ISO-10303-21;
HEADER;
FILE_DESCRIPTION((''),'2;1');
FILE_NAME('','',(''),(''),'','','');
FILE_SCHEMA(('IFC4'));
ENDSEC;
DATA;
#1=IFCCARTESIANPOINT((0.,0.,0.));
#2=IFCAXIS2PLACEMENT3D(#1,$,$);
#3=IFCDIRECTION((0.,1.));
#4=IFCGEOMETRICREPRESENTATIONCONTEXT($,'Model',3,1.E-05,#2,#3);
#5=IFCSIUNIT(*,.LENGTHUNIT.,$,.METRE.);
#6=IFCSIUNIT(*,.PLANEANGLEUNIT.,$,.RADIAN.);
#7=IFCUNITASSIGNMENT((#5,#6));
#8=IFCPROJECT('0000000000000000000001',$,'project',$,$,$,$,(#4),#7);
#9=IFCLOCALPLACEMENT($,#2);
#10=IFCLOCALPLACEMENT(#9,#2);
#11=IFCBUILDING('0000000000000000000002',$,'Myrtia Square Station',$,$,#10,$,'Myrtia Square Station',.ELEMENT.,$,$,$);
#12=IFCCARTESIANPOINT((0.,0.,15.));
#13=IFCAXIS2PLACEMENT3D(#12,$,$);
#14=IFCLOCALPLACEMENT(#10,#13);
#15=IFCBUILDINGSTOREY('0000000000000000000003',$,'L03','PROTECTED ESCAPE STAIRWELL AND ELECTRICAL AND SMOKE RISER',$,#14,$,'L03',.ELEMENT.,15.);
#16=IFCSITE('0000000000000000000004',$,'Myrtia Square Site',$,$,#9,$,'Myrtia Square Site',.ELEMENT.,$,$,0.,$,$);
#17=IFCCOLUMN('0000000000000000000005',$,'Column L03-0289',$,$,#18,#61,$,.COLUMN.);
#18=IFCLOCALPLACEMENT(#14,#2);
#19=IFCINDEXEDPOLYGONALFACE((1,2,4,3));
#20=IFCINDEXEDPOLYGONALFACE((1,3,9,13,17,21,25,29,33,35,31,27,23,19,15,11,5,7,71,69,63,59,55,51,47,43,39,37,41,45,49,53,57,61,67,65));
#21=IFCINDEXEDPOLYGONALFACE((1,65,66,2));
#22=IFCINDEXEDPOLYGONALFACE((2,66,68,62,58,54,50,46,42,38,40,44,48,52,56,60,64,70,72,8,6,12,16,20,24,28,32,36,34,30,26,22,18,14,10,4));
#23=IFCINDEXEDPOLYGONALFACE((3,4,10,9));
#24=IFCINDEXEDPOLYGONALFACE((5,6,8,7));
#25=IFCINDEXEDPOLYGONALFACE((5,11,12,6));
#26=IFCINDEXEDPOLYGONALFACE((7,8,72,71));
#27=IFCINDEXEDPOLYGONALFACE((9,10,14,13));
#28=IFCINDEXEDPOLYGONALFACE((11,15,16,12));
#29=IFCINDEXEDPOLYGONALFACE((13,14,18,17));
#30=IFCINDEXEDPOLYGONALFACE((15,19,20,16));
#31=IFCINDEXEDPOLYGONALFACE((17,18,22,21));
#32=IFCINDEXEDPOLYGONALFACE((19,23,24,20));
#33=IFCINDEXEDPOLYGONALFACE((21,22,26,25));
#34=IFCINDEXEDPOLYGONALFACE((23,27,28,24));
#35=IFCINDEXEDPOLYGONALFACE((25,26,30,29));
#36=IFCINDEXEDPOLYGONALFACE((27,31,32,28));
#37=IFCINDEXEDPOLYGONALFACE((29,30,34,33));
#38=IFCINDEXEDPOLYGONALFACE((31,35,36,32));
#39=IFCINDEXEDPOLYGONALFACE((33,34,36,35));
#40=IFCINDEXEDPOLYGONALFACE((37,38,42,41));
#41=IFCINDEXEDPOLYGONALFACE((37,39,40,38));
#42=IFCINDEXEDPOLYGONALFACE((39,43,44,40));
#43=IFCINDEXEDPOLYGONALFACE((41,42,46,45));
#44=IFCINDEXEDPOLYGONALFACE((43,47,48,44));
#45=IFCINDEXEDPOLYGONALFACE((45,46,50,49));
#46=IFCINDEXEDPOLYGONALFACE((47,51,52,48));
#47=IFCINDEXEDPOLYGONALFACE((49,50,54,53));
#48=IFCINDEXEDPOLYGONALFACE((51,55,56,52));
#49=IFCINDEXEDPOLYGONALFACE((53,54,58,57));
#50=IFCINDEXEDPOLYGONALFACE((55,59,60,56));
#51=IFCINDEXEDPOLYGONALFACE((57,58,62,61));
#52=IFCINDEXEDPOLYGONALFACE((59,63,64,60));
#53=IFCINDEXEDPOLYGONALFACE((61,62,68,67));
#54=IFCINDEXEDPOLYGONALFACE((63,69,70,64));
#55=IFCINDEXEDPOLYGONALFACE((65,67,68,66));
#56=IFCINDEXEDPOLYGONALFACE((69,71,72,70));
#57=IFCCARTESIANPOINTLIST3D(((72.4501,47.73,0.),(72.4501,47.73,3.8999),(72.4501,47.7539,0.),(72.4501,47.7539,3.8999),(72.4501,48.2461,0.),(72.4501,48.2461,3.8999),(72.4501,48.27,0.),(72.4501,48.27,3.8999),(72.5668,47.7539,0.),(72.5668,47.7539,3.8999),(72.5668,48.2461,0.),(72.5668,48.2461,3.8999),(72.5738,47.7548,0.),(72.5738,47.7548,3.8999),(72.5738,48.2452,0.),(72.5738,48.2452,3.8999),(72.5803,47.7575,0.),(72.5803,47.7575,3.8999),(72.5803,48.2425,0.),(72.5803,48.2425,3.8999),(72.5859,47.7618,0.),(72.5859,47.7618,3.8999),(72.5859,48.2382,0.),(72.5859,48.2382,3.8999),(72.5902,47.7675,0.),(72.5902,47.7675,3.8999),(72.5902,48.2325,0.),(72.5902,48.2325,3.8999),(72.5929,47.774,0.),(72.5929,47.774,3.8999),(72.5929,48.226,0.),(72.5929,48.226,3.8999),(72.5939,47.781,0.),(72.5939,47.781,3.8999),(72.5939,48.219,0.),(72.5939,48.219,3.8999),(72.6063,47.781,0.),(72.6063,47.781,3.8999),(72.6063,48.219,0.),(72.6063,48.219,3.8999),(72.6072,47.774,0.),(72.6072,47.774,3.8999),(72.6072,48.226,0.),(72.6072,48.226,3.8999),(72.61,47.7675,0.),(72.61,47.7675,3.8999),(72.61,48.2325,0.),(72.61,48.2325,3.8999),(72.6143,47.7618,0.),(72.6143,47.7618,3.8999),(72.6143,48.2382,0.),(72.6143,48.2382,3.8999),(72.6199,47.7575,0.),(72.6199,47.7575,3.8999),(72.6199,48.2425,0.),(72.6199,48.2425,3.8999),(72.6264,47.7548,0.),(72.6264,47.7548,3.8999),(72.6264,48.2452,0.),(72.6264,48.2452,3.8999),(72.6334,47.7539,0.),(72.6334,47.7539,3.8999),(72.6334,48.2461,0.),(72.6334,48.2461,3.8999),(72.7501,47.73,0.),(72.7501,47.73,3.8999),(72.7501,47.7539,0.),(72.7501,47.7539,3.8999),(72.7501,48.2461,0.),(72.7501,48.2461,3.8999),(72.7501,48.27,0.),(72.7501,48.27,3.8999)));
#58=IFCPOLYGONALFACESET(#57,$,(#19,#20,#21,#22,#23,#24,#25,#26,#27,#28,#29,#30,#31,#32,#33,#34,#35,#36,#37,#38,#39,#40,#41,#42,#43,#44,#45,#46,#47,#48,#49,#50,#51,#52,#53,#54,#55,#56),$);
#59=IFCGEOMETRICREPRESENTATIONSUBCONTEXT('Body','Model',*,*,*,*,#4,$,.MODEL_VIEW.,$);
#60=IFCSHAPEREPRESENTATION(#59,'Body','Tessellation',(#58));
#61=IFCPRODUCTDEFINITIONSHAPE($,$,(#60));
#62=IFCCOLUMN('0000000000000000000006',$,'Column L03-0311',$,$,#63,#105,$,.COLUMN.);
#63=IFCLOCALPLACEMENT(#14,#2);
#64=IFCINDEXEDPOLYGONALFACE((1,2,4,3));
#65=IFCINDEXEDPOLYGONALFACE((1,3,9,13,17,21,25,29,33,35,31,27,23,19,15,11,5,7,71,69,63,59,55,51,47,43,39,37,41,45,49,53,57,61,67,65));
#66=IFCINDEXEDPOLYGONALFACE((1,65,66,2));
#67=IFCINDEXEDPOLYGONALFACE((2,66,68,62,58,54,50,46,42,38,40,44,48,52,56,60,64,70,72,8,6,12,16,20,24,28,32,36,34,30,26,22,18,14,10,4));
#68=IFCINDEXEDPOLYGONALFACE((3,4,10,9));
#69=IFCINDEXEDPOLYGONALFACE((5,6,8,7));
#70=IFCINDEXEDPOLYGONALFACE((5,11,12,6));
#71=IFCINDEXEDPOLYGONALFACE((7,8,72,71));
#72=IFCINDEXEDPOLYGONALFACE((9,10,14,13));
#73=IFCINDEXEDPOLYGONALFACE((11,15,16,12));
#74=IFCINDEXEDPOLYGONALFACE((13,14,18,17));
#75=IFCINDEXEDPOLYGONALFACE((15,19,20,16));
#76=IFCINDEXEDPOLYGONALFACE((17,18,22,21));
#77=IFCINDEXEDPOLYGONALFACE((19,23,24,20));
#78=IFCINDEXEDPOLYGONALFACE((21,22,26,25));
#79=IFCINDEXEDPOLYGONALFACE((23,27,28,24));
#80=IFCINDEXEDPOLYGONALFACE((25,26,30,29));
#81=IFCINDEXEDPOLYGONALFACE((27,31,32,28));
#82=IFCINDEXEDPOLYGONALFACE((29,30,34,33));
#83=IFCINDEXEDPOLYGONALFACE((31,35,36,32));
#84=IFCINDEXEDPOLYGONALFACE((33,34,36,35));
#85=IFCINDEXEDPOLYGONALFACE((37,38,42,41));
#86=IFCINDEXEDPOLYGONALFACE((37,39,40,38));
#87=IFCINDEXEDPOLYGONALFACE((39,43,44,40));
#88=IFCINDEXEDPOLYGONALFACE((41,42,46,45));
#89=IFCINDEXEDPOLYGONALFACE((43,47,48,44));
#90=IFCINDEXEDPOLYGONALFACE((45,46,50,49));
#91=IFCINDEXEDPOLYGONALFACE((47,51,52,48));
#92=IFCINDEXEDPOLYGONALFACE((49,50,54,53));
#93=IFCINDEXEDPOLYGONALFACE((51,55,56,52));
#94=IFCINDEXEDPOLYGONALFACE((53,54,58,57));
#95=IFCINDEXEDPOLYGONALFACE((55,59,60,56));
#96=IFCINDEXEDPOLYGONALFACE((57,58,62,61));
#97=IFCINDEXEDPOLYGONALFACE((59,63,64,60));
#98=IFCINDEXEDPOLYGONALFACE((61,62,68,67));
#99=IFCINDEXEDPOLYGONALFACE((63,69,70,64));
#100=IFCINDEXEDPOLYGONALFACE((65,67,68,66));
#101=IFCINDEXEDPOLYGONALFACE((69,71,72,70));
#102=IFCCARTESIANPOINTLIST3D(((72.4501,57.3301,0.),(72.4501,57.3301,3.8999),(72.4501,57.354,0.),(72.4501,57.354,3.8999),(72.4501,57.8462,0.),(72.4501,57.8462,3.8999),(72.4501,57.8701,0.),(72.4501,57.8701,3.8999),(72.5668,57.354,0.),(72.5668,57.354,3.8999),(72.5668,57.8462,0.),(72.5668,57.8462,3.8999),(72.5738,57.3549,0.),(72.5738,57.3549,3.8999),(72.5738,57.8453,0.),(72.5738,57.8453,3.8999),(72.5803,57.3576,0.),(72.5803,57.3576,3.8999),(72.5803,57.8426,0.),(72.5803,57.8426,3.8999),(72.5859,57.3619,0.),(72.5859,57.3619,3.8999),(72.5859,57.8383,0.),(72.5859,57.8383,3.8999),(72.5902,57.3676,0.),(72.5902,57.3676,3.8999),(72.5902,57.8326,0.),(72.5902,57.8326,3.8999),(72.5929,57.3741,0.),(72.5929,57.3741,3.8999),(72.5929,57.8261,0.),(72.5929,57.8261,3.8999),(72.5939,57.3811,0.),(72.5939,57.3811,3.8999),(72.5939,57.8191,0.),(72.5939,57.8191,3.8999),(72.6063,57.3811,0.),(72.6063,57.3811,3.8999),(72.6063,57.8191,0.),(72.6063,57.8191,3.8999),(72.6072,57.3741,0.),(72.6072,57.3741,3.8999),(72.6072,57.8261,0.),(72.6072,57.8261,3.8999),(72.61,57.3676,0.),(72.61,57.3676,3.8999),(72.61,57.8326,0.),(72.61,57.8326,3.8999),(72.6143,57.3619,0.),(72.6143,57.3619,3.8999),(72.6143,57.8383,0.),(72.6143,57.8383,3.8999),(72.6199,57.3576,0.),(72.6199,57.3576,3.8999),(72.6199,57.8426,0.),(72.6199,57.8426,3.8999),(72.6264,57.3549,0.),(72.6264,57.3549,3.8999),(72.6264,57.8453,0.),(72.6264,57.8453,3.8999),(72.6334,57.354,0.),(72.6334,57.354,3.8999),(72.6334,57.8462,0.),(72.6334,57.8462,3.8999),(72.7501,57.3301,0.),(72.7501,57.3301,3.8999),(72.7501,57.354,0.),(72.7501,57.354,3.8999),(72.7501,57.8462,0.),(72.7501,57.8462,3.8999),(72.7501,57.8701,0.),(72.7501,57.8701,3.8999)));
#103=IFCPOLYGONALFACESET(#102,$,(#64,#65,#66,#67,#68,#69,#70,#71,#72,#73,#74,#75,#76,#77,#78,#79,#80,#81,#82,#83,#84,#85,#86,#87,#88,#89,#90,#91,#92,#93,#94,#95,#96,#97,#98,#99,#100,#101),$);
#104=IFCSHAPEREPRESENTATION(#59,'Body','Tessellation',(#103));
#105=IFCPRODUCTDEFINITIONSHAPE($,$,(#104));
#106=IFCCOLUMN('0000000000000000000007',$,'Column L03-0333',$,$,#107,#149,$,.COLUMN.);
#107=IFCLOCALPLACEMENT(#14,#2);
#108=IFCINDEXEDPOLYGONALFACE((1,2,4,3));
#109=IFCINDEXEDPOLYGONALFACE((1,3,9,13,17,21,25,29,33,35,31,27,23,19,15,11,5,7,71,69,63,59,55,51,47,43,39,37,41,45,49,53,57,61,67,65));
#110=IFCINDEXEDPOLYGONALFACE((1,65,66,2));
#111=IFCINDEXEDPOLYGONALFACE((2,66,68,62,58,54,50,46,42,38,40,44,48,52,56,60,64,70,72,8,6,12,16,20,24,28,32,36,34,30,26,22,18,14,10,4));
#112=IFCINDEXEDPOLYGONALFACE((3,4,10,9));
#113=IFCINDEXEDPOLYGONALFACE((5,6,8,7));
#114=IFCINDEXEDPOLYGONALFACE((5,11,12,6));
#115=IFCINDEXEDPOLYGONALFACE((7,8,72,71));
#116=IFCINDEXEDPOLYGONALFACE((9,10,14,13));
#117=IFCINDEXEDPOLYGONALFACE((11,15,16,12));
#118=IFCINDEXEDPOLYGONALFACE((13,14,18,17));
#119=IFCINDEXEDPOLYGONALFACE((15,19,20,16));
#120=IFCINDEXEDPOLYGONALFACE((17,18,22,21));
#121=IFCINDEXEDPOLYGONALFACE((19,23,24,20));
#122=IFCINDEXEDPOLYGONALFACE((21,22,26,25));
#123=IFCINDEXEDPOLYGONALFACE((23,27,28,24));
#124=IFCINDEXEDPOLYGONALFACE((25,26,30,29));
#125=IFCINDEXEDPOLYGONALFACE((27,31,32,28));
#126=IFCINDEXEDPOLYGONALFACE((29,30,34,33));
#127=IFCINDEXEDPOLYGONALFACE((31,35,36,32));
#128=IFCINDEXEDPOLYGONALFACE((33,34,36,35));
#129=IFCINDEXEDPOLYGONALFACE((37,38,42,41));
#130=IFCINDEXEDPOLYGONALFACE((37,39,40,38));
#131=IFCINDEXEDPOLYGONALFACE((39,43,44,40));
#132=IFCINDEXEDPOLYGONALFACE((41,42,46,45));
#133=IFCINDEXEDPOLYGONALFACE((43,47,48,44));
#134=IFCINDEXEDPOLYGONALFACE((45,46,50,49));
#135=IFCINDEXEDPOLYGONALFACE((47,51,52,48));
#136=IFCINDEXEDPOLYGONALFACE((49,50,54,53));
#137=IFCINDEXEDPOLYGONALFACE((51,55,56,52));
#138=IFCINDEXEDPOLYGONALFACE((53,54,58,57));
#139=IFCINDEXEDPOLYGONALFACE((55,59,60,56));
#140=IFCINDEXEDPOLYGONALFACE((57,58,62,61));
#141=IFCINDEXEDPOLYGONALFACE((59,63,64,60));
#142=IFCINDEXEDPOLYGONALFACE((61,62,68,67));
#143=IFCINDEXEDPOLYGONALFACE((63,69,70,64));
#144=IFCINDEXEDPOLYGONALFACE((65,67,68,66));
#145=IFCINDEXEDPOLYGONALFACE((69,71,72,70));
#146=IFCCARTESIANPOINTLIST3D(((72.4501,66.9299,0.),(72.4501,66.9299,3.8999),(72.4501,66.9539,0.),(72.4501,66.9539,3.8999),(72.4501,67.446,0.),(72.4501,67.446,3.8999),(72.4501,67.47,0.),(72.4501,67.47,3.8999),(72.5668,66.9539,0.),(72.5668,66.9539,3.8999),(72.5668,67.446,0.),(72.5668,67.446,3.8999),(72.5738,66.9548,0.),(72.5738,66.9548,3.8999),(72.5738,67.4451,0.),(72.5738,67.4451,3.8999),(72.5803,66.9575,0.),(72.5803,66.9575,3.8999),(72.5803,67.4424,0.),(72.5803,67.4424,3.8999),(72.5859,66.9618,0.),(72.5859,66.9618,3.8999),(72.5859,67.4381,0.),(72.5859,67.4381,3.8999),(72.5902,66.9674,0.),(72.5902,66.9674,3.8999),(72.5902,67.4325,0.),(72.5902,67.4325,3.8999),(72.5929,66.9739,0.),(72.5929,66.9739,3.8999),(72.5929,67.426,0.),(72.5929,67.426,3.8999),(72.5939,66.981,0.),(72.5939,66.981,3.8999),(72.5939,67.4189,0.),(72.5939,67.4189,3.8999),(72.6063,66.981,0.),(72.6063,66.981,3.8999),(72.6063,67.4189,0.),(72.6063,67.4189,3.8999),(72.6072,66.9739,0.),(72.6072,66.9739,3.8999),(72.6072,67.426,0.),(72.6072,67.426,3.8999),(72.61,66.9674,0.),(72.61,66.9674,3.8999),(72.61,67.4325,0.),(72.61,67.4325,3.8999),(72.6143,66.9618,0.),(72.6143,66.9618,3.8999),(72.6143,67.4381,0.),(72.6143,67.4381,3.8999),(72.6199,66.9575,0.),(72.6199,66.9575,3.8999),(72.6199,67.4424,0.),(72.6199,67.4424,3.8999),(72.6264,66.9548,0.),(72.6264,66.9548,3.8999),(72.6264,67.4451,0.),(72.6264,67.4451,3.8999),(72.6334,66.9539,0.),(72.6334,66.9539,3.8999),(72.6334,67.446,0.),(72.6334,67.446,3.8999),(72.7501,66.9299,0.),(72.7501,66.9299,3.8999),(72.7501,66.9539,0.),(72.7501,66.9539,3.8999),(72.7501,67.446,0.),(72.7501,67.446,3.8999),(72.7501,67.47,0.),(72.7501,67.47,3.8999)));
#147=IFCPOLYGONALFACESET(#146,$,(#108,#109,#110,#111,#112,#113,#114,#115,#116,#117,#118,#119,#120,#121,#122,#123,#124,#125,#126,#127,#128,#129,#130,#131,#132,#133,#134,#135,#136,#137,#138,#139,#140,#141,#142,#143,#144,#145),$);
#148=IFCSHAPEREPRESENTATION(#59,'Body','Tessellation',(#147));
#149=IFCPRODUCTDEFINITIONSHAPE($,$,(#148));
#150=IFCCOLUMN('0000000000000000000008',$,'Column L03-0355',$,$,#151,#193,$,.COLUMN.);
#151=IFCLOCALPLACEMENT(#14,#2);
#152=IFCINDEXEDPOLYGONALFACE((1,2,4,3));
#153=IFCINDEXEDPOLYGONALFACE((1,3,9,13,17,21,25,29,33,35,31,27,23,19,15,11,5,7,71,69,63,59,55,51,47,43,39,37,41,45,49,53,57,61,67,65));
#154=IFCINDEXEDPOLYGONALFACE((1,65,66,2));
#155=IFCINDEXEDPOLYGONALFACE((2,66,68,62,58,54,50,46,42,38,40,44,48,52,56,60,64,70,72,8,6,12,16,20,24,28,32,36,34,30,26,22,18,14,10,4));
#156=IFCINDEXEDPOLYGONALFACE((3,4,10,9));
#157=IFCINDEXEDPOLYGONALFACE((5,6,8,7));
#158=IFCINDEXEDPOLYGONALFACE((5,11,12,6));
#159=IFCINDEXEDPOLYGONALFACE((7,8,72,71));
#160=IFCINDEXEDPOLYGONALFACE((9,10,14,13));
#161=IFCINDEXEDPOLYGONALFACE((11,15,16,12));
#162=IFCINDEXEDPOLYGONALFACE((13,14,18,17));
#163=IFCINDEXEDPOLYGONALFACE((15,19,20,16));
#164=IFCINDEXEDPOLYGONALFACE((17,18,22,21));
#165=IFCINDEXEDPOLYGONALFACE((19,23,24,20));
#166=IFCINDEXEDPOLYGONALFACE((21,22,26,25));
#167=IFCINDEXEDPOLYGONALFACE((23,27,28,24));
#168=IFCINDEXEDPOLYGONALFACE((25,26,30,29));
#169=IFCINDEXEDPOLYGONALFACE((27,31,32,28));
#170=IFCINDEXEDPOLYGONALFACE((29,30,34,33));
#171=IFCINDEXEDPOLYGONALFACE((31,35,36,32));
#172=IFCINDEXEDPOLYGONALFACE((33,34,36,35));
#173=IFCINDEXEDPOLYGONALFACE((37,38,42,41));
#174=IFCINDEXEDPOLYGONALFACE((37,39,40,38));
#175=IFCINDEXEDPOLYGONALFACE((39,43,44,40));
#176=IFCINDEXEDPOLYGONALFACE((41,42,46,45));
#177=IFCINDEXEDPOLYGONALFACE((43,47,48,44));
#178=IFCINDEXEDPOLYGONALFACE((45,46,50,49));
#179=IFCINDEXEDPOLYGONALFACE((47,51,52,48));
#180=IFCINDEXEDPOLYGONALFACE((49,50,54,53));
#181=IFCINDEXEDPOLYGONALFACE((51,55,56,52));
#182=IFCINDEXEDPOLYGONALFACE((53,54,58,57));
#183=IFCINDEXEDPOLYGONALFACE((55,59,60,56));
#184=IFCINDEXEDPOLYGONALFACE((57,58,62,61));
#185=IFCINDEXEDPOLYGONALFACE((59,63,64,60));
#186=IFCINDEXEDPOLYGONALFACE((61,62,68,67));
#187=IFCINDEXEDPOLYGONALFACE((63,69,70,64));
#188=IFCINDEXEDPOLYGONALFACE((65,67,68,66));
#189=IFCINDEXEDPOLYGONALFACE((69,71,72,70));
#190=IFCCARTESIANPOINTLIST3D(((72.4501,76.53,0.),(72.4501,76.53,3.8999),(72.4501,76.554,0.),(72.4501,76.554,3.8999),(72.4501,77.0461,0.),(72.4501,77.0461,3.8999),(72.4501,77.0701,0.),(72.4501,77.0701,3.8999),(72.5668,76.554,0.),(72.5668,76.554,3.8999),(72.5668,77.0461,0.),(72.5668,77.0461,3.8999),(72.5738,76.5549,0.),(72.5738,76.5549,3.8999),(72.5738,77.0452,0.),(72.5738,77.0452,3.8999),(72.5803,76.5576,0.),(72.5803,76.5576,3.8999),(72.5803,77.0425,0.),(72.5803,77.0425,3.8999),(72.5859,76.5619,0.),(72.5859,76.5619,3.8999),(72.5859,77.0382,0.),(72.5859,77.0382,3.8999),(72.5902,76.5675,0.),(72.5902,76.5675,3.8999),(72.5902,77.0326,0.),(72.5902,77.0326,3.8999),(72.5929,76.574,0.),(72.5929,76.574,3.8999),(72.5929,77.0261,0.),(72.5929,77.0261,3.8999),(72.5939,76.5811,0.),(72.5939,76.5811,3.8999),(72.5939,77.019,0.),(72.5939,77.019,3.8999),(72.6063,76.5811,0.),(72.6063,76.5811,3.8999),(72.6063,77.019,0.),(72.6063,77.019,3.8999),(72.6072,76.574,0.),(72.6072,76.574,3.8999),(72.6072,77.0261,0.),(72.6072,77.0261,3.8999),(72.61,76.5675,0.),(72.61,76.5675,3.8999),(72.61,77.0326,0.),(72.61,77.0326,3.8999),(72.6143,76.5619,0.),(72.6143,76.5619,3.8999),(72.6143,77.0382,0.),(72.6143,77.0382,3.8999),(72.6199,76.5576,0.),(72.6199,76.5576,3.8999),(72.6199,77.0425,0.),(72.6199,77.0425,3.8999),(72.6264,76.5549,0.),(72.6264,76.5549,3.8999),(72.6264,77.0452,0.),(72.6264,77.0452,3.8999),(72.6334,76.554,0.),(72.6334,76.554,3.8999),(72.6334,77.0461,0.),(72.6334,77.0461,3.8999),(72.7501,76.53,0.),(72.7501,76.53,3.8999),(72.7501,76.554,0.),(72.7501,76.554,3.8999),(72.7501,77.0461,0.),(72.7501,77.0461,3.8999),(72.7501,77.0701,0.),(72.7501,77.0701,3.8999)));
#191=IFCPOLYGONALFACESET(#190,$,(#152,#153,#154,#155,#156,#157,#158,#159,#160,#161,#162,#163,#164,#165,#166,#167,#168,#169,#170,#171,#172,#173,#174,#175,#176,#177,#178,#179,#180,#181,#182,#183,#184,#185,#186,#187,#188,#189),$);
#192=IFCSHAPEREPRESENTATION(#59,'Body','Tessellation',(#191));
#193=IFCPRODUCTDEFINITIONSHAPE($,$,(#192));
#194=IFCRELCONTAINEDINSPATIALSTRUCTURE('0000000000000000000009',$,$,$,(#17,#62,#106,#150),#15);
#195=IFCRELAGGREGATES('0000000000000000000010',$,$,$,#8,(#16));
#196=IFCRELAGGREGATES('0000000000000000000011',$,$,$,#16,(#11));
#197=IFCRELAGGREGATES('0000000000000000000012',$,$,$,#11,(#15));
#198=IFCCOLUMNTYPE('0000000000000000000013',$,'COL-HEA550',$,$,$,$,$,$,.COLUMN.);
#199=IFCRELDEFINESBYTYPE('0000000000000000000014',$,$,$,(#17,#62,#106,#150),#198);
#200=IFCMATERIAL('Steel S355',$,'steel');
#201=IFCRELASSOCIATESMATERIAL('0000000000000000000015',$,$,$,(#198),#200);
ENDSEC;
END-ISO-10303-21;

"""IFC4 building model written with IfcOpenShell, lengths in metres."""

from ifc_helpers import new_model, si_unit, direction, frame, origin, origin_2d, place, context, subcontext, project, spatial, i_section, extrude, material, material_profile, profile_set, type_object, element, save


model = new_model("IFC4")

# Units and contexts
model_context = context("Model", 3, precision=1e-05, world=origin(), true_north=direction((0.0, 1.0)))
body_context = subcontext(model_context, "Body", "Model", "MODEL_VIEW")
ifc_project = project(units=[si_unit("LENGTHUNIT", "METRE"), si_unit("PLANEANGLEUNIT", "RADIAN")], contexts=[model_context])

# Site, building, storey
site_placement = place(None, origin())
site = spatial("IfcSite", under=ifc_project, at=site_placement, Name="Myrtia Square Site", LongName="Myrtia Square Site", CompositionType="ELEMENT", RefElevation=0.0)
building_placement = place(site_placement, origin())
building = spatial("IfcBuilding", under=site, at=building_placement, Name="Myrtia Square Station", LongName="Myrtia Square Station", CompositionType="ELEMENT")
storey_placement = place(building_placement, frame((0.0, 0.0, 15.0)))
storey = spatial("IfcBuildingStorey", under=building, at=storey_placement, Name="L03", Description="PROTECTED ESCAPE STAIRWELL AND ELECTRICAL AND SMOKE RISER", LongName="L03", CompositionType="ELEMENT", Elevation=15.0)

# Columns
ifc_material_1 = material(Name="Steel S355", Category="steel")
ifc_material_profile_1 = material_profile(ifc_material_1, i_section(OverallWidth=0.3, OverallDepth=0.54, WebThickness=0.0125, FlangeThickness=0.0239, FilletRadius=0.0271, at=origin_2d()), Name="HEA 550")
ifc_profile_set_1 = profile_set([ifc_material_profile_1], Name="Steel S355")
column_type_1 = type_object("IfcColumnType", Name="COL-HEA550", PredefinedType="COLUMN", material=ifc_profile_set_1)
for number, where, z_axis, x_axis, name in (
    (1, (72.6001, 48.0, 0.0), (0.0, 0.0, 1.0), (1.0, 0.0, 0.0), "Column L03-0289"),
    (2, (72.6001, 57.6001, 0.0), (0.0, 0.0, 1.0), (1.0, 0.0, 0.0), "Column L03-0311"),
    (3, (72.6001, 67.2, 0.0), (0.0, 0.0, 1.0), (1.0, 0.0, 0.0), "Column L03-0333"),
    (4, (72.6001, 76.8, 0.0), (0.0, 0.0, 1.0), (1.0, 0.0, 0.0), "Column L03-0355"),
):
    element("IfcColumn", number, at=place(storey_placement, frame(where, z_axis=z_axis, x_axis=x_axis)), inside=storey, type_object=column_type_1, Name=name, PredefinedType="COLUMN", context=body_context, shape_type="SweptSolid", body=[
        extrude(i_section(OverallWidth=0.3, OverallDepth=0.54, WebThickness=0.0125, FlangeThickness=0.0239, FilletRadius=0.0271, at=origin_2d()), origin(), (0.0, 0.0, 1.0), 3.8999),
    ])

save(model, "model.ifc")
